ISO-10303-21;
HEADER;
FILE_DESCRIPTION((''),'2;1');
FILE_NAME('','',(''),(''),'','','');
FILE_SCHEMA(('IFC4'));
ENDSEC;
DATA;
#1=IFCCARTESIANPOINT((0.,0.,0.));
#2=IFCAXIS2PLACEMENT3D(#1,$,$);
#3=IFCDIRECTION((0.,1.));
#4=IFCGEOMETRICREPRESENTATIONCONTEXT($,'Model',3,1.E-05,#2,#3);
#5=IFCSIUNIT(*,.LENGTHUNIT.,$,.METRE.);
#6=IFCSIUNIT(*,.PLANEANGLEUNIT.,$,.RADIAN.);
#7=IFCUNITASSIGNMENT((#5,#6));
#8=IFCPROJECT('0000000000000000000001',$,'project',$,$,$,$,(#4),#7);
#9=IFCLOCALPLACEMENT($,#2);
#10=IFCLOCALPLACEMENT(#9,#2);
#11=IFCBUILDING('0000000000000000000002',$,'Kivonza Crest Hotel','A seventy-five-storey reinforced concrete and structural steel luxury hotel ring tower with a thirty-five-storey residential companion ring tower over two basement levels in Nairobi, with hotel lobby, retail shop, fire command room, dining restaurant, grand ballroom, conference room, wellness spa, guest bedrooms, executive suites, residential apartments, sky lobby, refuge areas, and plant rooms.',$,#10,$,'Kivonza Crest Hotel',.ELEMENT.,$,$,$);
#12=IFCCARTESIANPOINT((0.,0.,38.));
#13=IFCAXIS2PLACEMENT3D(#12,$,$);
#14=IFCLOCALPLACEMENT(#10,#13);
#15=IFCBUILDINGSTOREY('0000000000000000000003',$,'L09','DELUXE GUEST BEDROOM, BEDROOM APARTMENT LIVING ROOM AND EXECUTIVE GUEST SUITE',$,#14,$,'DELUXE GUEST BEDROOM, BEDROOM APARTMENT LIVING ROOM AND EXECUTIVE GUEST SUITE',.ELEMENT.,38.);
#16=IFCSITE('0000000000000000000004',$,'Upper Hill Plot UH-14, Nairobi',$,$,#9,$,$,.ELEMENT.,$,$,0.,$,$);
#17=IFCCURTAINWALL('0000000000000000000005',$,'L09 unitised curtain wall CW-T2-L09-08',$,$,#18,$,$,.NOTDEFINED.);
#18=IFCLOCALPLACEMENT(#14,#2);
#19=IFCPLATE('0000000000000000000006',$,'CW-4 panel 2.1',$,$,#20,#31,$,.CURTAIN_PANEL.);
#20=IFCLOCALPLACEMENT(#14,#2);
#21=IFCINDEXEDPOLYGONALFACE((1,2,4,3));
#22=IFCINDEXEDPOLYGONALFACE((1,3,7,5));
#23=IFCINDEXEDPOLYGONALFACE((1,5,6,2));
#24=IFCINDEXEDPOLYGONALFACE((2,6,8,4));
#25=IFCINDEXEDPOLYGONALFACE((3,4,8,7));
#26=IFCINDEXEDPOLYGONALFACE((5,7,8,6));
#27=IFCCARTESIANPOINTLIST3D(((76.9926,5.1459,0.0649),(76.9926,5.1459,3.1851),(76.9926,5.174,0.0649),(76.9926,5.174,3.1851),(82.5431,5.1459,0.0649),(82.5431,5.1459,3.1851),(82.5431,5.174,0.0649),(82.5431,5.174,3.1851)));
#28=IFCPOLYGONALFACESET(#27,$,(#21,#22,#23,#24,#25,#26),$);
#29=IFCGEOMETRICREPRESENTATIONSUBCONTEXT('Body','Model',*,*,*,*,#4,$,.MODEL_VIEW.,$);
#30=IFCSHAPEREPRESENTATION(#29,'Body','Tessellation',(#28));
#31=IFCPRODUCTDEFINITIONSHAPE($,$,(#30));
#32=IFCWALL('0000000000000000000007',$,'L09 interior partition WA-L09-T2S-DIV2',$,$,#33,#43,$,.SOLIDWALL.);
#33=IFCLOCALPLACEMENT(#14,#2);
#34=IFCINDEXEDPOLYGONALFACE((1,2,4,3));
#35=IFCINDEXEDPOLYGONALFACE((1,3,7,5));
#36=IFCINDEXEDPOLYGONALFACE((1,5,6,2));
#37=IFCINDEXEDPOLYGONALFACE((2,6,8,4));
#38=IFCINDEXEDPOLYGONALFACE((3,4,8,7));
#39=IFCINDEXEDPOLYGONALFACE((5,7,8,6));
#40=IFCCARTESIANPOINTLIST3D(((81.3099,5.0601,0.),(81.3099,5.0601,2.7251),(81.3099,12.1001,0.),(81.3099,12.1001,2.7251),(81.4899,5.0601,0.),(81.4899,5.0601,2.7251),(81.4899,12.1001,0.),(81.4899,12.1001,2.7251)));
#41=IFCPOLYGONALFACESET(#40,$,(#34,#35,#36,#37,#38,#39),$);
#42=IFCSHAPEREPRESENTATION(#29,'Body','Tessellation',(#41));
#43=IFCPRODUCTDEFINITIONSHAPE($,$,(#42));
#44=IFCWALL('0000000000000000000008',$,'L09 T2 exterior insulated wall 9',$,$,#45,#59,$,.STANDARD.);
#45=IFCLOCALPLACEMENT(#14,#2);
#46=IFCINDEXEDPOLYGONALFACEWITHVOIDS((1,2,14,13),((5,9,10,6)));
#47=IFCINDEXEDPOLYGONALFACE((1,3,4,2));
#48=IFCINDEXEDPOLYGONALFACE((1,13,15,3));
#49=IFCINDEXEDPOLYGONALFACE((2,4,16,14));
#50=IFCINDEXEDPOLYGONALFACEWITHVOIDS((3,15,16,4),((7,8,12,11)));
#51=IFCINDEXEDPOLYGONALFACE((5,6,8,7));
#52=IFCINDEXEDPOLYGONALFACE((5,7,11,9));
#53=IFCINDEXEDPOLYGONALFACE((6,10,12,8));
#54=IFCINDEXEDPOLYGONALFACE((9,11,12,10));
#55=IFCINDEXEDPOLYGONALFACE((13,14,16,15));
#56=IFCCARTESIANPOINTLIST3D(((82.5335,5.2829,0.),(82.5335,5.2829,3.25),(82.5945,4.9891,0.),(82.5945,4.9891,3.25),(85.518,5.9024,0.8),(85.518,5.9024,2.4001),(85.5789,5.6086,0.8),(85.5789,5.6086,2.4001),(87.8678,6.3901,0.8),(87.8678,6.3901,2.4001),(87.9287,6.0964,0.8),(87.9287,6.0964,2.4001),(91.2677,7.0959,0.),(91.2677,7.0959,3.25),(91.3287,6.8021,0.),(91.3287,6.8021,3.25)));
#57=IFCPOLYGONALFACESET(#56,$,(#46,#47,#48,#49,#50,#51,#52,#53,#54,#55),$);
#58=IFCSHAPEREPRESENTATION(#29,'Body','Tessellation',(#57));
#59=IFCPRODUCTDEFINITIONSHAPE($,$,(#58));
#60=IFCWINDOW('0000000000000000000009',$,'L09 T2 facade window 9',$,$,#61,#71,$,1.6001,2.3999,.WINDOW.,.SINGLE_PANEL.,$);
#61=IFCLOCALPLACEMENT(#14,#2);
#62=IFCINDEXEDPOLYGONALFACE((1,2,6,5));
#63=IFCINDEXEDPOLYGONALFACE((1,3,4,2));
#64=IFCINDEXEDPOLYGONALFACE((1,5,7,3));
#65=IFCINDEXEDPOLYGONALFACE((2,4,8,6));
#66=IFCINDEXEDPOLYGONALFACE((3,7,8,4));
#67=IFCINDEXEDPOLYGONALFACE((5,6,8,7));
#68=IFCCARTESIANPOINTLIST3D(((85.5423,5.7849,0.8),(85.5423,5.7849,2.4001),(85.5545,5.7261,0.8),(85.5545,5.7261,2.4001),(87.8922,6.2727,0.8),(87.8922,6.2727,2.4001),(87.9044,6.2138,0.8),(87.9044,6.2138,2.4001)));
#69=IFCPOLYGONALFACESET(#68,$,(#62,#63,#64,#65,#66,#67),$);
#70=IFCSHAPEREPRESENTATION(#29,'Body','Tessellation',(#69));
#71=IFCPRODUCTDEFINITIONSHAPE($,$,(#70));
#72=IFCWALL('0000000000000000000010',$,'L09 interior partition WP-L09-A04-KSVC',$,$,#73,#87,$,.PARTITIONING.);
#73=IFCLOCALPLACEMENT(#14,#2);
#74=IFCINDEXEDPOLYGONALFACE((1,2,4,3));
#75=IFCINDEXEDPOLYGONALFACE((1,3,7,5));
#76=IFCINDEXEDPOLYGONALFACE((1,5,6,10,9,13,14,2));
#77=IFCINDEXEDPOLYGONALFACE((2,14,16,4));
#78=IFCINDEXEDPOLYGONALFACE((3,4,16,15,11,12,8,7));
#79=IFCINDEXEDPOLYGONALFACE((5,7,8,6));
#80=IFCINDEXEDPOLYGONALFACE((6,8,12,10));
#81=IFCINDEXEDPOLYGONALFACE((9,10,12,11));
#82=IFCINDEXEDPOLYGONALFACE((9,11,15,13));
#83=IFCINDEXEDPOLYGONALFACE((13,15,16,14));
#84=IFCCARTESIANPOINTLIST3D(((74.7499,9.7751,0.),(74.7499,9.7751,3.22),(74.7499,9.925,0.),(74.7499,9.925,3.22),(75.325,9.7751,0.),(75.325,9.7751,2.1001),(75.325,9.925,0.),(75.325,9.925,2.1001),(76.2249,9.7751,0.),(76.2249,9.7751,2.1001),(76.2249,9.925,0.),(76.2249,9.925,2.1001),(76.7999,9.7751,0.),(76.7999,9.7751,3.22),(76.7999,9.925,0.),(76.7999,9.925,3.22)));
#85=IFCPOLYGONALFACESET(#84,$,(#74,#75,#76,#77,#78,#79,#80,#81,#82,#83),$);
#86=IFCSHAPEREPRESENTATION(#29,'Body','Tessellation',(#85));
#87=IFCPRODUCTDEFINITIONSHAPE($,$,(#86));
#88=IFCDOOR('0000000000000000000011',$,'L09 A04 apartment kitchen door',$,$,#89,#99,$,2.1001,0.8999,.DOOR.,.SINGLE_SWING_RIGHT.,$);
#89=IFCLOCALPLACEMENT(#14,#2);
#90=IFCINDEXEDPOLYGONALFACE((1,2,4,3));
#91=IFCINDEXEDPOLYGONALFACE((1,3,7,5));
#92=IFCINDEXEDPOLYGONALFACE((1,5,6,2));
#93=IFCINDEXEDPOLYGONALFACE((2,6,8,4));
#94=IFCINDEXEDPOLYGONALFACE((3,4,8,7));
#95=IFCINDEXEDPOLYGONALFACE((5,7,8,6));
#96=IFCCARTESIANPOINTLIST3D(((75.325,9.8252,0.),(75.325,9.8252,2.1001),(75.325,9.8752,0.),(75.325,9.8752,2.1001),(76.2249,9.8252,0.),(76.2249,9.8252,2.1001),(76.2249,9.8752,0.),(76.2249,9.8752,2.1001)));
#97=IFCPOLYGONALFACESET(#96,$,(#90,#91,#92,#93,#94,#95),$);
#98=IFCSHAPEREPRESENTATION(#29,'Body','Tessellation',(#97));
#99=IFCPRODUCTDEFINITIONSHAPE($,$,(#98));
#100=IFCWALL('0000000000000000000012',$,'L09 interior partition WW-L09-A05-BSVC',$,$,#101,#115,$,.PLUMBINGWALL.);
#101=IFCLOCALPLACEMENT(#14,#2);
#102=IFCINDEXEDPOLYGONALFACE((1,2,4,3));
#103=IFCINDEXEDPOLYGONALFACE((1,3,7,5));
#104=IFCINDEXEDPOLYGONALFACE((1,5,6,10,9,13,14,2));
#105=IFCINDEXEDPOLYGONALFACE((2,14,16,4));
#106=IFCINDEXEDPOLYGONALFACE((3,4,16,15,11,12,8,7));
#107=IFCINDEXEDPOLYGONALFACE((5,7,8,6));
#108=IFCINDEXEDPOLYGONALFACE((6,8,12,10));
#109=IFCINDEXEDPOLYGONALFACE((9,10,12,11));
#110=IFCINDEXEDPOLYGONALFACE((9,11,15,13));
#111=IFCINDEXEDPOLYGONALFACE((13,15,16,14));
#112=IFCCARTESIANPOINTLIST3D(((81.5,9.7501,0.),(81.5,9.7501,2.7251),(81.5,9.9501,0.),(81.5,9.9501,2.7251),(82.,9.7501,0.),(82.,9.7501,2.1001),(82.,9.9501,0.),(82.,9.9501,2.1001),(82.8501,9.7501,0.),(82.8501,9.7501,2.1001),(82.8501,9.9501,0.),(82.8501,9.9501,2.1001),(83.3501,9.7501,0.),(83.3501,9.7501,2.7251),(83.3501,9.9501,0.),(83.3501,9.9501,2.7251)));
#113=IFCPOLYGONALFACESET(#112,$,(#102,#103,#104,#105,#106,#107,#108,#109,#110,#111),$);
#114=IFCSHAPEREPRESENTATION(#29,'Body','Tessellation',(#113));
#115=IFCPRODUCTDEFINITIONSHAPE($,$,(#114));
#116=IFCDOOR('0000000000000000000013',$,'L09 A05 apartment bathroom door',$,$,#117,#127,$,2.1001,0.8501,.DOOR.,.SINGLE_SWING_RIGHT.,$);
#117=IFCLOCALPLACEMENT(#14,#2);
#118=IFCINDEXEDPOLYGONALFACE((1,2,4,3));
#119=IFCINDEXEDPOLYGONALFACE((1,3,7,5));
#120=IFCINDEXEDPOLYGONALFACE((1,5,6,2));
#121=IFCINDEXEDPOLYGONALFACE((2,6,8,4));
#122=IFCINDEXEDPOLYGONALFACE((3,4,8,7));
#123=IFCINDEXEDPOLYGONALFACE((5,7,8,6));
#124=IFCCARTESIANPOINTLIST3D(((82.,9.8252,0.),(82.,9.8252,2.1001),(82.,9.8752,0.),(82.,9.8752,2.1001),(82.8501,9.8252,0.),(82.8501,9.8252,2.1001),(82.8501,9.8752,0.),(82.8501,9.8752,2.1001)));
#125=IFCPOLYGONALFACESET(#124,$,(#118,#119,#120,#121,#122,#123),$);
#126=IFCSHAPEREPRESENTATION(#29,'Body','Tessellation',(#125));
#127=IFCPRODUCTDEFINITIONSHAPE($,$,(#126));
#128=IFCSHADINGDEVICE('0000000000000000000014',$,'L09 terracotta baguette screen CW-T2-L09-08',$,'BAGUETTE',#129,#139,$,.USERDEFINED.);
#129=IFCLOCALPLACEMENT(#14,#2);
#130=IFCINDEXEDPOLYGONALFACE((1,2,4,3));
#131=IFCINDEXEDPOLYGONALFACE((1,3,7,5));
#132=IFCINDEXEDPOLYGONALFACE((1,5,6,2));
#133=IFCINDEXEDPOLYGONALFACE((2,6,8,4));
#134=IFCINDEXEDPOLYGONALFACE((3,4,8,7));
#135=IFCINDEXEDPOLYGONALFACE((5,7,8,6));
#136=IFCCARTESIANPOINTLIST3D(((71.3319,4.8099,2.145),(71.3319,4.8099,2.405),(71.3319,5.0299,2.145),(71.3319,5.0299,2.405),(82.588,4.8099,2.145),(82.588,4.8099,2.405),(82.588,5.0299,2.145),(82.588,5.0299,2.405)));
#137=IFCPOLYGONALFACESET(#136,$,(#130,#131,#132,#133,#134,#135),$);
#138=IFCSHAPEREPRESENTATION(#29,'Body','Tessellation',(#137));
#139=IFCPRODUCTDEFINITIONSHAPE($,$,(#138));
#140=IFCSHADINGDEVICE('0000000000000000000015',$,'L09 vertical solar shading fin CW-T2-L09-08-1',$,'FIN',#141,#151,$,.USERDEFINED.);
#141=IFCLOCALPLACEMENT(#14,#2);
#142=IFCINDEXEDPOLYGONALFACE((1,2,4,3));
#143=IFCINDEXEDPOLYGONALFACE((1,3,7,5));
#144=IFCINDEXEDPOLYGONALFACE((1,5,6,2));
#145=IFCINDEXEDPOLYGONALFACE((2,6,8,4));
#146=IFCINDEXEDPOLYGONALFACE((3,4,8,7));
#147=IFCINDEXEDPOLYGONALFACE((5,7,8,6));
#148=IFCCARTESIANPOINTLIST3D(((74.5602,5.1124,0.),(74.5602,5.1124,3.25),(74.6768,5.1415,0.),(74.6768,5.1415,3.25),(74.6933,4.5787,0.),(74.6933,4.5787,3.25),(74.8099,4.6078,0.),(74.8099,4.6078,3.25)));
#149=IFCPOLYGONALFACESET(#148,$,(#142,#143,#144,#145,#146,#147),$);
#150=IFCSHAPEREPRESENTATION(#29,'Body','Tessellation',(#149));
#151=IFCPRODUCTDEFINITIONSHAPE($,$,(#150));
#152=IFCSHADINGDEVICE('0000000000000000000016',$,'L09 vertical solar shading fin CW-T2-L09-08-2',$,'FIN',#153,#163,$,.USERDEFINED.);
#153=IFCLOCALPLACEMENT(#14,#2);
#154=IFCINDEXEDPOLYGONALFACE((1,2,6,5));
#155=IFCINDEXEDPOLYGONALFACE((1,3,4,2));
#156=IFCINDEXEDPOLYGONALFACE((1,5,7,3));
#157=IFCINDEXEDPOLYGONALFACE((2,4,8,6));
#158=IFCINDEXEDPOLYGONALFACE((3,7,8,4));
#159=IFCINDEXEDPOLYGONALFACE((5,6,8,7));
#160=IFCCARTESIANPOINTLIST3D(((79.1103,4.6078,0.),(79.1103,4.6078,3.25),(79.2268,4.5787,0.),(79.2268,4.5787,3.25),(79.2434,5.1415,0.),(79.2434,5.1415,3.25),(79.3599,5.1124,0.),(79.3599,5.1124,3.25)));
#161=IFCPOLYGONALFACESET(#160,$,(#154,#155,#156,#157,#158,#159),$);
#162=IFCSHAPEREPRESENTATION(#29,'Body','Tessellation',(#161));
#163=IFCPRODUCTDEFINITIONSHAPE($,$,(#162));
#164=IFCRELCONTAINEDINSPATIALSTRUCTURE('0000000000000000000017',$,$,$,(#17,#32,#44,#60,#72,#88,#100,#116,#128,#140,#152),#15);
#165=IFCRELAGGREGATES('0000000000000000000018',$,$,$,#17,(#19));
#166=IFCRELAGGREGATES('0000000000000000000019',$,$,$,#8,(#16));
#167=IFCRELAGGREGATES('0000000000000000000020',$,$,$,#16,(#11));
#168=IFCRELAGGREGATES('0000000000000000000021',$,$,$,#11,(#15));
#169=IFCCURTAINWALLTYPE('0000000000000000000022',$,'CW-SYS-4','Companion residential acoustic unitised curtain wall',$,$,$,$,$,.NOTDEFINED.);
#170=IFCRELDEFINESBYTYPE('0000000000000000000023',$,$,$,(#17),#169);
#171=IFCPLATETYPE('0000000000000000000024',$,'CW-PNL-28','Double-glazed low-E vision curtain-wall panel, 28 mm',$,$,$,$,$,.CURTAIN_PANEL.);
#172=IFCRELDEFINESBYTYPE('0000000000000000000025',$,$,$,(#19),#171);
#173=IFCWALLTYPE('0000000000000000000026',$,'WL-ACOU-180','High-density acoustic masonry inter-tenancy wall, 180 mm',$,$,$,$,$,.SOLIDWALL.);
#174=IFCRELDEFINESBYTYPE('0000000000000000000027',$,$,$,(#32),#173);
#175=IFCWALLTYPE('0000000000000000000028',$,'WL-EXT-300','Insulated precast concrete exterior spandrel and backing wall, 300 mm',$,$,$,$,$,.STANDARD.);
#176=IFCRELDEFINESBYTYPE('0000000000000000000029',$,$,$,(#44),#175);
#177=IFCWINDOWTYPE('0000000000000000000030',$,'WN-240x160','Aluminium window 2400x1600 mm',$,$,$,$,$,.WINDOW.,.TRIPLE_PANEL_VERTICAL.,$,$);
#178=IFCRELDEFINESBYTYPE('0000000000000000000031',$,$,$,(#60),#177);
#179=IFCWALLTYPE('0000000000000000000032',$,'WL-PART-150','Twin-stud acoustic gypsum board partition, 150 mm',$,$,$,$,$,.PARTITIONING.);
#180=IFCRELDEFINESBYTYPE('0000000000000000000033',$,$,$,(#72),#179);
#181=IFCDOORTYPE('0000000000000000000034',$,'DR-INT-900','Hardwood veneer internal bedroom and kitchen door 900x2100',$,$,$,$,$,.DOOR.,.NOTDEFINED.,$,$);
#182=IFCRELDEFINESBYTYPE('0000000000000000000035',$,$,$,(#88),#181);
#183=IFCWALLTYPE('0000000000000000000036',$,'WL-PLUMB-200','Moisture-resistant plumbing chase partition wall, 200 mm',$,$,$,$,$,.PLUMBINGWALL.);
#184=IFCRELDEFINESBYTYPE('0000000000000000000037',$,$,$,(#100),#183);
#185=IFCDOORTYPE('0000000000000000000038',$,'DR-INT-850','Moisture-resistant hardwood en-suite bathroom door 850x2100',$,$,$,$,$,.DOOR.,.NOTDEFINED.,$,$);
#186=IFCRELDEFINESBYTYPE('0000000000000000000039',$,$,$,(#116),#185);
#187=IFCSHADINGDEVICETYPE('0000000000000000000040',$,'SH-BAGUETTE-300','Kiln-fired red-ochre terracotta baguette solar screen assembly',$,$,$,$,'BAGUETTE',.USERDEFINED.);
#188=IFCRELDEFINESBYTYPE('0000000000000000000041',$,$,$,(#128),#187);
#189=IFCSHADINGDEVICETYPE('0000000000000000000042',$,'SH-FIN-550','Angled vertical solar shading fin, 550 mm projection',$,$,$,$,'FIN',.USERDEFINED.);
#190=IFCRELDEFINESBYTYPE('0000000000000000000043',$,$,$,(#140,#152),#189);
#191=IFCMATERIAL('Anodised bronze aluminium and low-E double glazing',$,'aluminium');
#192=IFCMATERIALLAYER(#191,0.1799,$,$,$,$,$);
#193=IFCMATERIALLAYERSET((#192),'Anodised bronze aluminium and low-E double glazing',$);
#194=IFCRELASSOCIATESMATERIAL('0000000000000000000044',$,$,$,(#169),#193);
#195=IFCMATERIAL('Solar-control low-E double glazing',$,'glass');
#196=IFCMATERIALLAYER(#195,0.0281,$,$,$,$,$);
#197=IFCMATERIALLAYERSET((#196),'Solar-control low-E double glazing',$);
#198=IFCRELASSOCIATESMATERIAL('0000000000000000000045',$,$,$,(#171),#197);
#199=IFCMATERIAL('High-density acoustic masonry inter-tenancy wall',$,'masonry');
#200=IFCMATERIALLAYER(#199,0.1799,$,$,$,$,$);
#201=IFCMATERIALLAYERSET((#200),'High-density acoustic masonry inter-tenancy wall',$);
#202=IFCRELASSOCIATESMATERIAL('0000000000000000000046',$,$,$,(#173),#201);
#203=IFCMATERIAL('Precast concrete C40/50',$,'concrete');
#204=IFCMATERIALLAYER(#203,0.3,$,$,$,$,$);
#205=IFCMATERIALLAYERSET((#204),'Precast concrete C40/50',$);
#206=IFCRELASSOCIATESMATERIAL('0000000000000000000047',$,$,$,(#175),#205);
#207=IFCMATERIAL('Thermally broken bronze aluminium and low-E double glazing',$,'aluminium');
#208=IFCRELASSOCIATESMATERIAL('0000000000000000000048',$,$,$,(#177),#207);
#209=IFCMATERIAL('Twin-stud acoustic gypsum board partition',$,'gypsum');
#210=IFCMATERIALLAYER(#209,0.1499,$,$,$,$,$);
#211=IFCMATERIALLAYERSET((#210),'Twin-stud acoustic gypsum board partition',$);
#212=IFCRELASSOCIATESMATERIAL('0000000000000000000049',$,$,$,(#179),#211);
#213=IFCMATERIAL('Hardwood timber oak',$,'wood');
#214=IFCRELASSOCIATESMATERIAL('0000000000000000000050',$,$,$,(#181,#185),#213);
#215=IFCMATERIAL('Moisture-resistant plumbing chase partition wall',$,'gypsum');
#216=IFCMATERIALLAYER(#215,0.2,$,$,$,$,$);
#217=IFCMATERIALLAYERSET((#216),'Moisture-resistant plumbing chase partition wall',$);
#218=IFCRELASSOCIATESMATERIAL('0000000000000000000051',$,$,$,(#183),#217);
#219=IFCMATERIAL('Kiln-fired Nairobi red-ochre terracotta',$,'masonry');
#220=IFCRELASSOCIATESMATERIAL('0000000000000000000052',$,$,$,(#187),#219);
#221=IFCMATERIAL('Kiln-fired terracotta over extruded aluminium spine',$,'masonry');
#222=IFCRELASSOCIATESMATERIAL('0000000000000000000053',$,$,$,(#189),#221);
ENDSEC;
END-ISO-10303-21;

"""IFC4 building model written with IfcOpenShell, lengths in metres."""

from ifc_helpers import new_model, si_unit, direction, frame, frame_2d, origin, origin_2d, place, context, subcontext, project, spatial, rectangle, extrude, material, layer, layer_set, type_object, element, fill, aggregate, save


model = new_model("IFC4")

# Units and contexts
model_context = context("Model", 3, precision=1e-05, world=origin(), true_north=direction((0.0, 1.0)))
body_context = subcontext(model_context, "Body", "Model", "MODEL_VIEW")
ifc_project = project(units=[si_unit("LENGTHUNIT", "METRE"), si_unit("PLANEANGLEUNIT", "RADIAN")], contexts=[model_context])

# Site, building, storey
site_placement = place(None, origin())
site = spatial("IfcSite", under=ifc_project, at=site_placement, Name="Upper Hill Plot UH-14, Nairobi", CompositionType="ELEMENT", RefElevation=0.0)
building_placement = place(site_placement, origin())
building = spatial("IfcBuilding", under=site, at=building_placement, Name="Kivonza Crest Hotel", Description="A seventy-five-storey reinforced concrete and structural steel luxury hotel ring tower with a thirty-five-storey residential companion ring tower over two basement levels in Nairobi, with hotel lobby, retail shop, fire command room, dining restaurant, grand ballroom, conference room, wellness spa, guest bedrooms, executive suites, residential apartments, sky lobby, refuge areas, and plant rooms.", LongName="Kivonza Crest Hotel", CompositionType="ELEMENT")
storey_placement = place(building_placement, frame((0.0, 0.0, 38.0)))
storey = spatial("IfcBuildingStorey", under=building, at=storey_placement, Name="L09", Description="DELUXE GUEST BEDROOM, BEDROOM APARTMENT LIVING ROOM AND EXECUTIVE GUEST SUITE", LongName="DELUXE GUEST BEDROOM, BEDROOM APARTMENT LIVING ROOM AND EXECUTIVE GUEST SUITE", CompositionType="ELEMENT", Elevation=38.0)

# Curtain wall, plate
ifc_material_1 = material(Name="Anodised bronze aluminium and low-E double glazing", Category="aluminium")
ifc_layer_1 = layer(ifc_material_1, 0.1799)
ifc_layer_set_1 = layer_set([ifc_layer_1], Name="Anodised bronze aluminium and low-E double glazing")
curtain_wall_type = type_object("IfcCurtainWallType", Name="CW-SYS-4", Description="Companion residential acoustic unitised curtain wall", PredefinedType="NOTDEFINED", material=ifc_layer_set_1)
curtain_wall_placement = place(storey_placement, origin())
curtain_wall = element("IfcCurtainWall", 1, at=curtain_wall_placement, inside=storey, type_object=curtain_wall_type, Name="L09 unitised curtain wall CW-T2-L09-08", PredefinedType="NOTDEFINED")
ifc_material_2 = material(Name="Solar-control low-E double glazing", Category="glass")
ifc_layer_2 = layer(ifc_material_2, 0.0281)
ifc_layer_set_2 = layer_set([ifc_layer_2], Name="Solar-control low-E double glazing")
plate_type = type_object("IfcPlateType", Name="CW-PNL-28", Description="Double-glazed low-E vision curtain-wall panel, 28 mm", PredefinedType="CURTAIN_PANEL", material=ifc_layer_set_2)
plate_1_placement = place(storey_placement, frame((79.7678, 5.1599, 0.0649), z_axis=(0.0, 0.0, 1.0), x_axis=(1.0, 0.0, 0.0)))
plate_1 = element("IfcPlate", 2, at=plate_1_placement, type_object=plate_type, Name="CW-4 panel 2.1", PredefinedType="CURTAIN_PANEL", context=body_context, shape_type="SweptSolid", body=[
    extrude(rectangle(XDim=5.5505, YDim=0.0281, at=origin_2d()), origin(), (0.0, 0.0, 1.0), 3.1201),
])
aggregate(curtain_wall, [plate_1])

# Wall
ifc_material_3 = material(Name="High-density acoustic masonry inter-tenancy wall", Category="masonry")
ifc_layer_3 = layer(ifc_material_3, 0.1799)
ifc_layer_set_3 = layer_set([ifc_layer_3], Name="High-density acoustic masonry inter-tenancy wall")
wall_type_1 = type_object("IfcWallType", Name="WL-ACOU-180", Description="High-density acoustic masonry inter-tenancy wall, 180 mm", PredefinedType="SOLIDWALL", material=ifc_layer_set_3)
wall_1_placement = place(storey_placement, frame((81.3999, 5.0601, 0.0), z_axis=(0.0, 0.0, 1.0), x_axis=(0.0, 1.0, 0.0)))
element("IfcWall", 3, at=wall_1_placement, inside=storey, type_object=wall_type_1, Name="L09 interior partition WA-L09-T2S-DIV2", PredefinedType="SOLIDWALL", context=body_context, shape_type="SweptSolid", body=[
    extrude(rectangle(XDim=7.04, YDim=0.1799, at=frame_2d((3.52, 0.0))), origin(), (0.0, 0.0, 1.0), 2.7251),
])

# Wall, opening, window
ifc_material_4 = material(Name="Precast concrete C40/50", Category="concrete")
ifc_layer_4 = layer(ifc_material_4, 0.3)
ifc_layer_set_4 = layer_set([ifc_layer_4], Name="Precast concrete C40/50")
wall_type_2 = type_object("IfcWallType", Name="WL-EXT-300", Description="Insulated precast concrete exterior spandrel and backing wall, 300 mm", PredefinedType="STANDARD", material=ifc_layer_set_4)
wall_2_placement = place(storey_placement, frame((82.564, 5.136, 0.0), z_axis=(0.0, 0.0, 1.0), x_axis=(0.979128, 0.203243, 0.0)))
wall_2 = element("IfcWall", 4, at=wall_2_placement, inside=storey, type_object=wall_type_2, Name="L09 T2 exterior insulated wall 9", PredefinedType="STANDARD", context=body_context, shape_type="SweptSolid", body=[
    extrude(rectangle(XDim=8.9204, YDim=0.3, at=frame_2d((4.4602, 0.0))), origin(), (0.0, 0.0, 1.0), 3.25),
])
opening_1_placement = place(wall_2_placement, frame((3.0481, 0.0, 0.8)))
opening_1 = element("IfcOpeningElement", 5, at=opening_1_placement, cuts=wall_2, PredefinedType="OPENING", context=body_context, shape_type="SweptSolid", body=[
    extrude(rectangle(XDim=2.3999, YDim=1.6001, at=frame_2d((1.2, 0.8))), frame((0.0, 0.1602, 0.0), z_axis=(0.0, -1.0, 0.0), x_axis=(1.0, 0.0, 0.0)), (0.0, 0.0, 1.0), 0.3201),
])
ifc_material_5 = material(Name="Thermally broken bronze aluminium and low-E double glazing", Category="aluminium")
window_type = type_object("IfcWindowType", Name="WN-240x160", Description="Aluminium window 2400x1600 mm", PartitioningType="TRIPLE_PANEL_VERTICAL", PredefinedType="WINDOW", material=ifc_material_5)
window_placement = place(opening_1_placement, origin())
window = element("IfcWindow", 6, at=window_placement, inside=storey, type_object=window_type, Name="L09 T2 facade window 9", OverallHeight=1.6001, OverallWidth=2.3999, PartitioningType="SINGLE_PANEL", PredefinedType="WINDOW", context=body_context, shape_type="SweptSolid", body=[
    extrude(rectangle(XDim=2.3999, YDim=1.6001, at=frame_2d((1.2, 0.8))), frame((0.0, 0.03, 0.0), z_axis=(0.0, -1.0, 0.0), x_axis=(1.0, 0.0, 0.0)), (0.0, 0.0, 1.0), 0.0601),
])
fill(opening_1, window)

# Walls, openings, doors
ifc_material_6 = material(Name="Twin-stud acoustic gypsum board partition", Category="gypsum")
ifc_layer_5 = layer(ifc_material_6, 0.1499)
ifc_layer_set_5 = layer_set([ifc_layer_5], Name="Twin-stud acoustic gypsum board partition")
wall_type_3 = type_object("IfcWallType", Name="WL-PART-150", Description="Twin-stud acoustic gypsum board partition, 150 mm", PredefinedType="PARTITIONING", material=ifc_layer_set_5)
wall_3_placement = place(storey_placement, frame((74.75, 9.8501, 0.0), z_axis=(0.0, 0.0, 1.0), x_axis=(1.0, 0.0, 0.0)))
wall_3 = element("IfcWall", 7, at=wall_3_placement, inside=storey, type_object=wall_type_3, Name="L09 interior partition WP-L09-A04-KSVC", PredefinedType="PARTITIONING", context=body_context, shape_type="SweptSolid", body=[
    extrude(rectangle(XDim=2.05, YDim=0.1499, at=frame_2d((1.0249, 0.0))), origin(), (0.0, 0.0, 1.0), 3.22),
])
opening_2_placement = place(wall_3_placement, frame((0.575, 0.0, 0.0)))
opening_2 = element("IfcOpeningElement", 8, at=opening_2_placement, cuts=wall_3, PredefinedType="OPENING", context=body_context, shape_type="SweptSolid", body=[
    extrude(rectangle(XDim=0.8999, YDim=2.1001, at=frame_2d((0.45, 1.05))), frame((0.0, 0.085, 0.0), z_axis=(0.0, -1.0, 0.0), x_axis=(1.0, 0.0, 0.0)), (0.0, 0.0, 1.0), 0.1699),
])
ifc_material_7 = material(Name="Hardwood timber oak", Category="wood")
door_type_1 = type_object("IfcDoorType", Name="DR-INT-900", Description="Hardwood veneer internal bedroom and kitchen door 900x2100", OperationType="NOTDEFINED", PredefinedType="DOOR", material=ifc_material_7)
door_1_placement = place(opening_2_placement, frame((0.8999, 0.0, 0.0), z_axis=(0.0, 0.0, 1.0), x_axis=(-1.0, 0.0, 0.0)))
door_1 = element("IfcDoor", 9, at=door_1_placement, inside=storey, type_object=door_type_1, Name="L09 A04 apartment kitchen door", OperationType="SINGLE_SWING_RIGHT", OverallHeight=2.1001, OverallWidth=0.8999, PredefinedType="DOOR", context=body_context, shape_type="SweptSolid", body=[
    extrude(rectangle(XDim=0.8999, YDim=2.1001, at=frame_2d((0.45, 1.05))), frame((0.0, 0.0249, 0.0), z_axis=(0.0, -1.0, 0.0), x_axis=(1.0, 0.0, 0.0)), (0.0, 0.0, 1.0), 0.05),
])
fill(opening_2, door_1)
ifc_material_8 = material(Name="Moisture-resistant plumbing chase partition wall", Category="gypsum")
ifc_layer_6 = layer(ifc_material_8, 0.2)
ifc_layer_set_6 = layer_set([ifc_layer_6], Name="Moisture-resistant plumbing chase partition wall")
wall_type_4 = type_object("IfcWallType", Name="WL-PLUMB-200", Description="Moisture-resistant plumbing chase partition wall, 200 mm", PredefinedType="PLUMBINGWALL", material=ifc_layer_set_6)
wall_4_placement = place(storey_placement, frame((81.5, 9.8501, 0.0), z_axis=(0.0, 0.0, 1.0), x_axis=(1.0, 0.0, 0.0)))
wall_4 = element("IfcWall", 10, at=wall_4_placement, inside=storey, type_object=wall_type_4, Name="L09 interior partition WW-L09-A05-BSVC", PredefinedType="PLUMBINGWALL", context=body_context, shape_type="SweptSolid", body=[
    extrude(rectangle(XDim=1.8501, YDim=0.2, at=frame_2d((0.925, 0.0))), origin(), (0.0, 0.0, 1.0), 2.7251),
])
opening_3_placement = place(wall_4_placement, frame((0.5, 0.0, 0.0)))
opening_3 = element("IfcOpeningElement", 11, at=opening_3_placement, cuts=wall_4, PredefinedType="OPENING", context=body_context, shape_type="SweptSolid", body=[
    extrude(rectangle(XDim=0.8501, YDim=2.1001, at=frame_2d((0.425, 1.05))), frame((0.0, 0.1099, 0.0), z_axis=(0.0, -1.0, 0.0), x_axis=(1.0, 0.0, 0.0)), (0.0, 0.0, 1.0), 0.22),
])
door_type_2 = type_object("IfcDoorType", Name="DR-INT-850", Description="Moisture-resistant hardwood en-suite bathroom door 850x2100", OperationType="NOTDEFINED", PredefinedType="DOOR", material=ifc_material_7)
door_2_placement = place(opening_3_placement, frame((0.8501, 0.0, 0.0), z_axis=(0.0, 0.0, 1.0), x_axis=(-1.0, 0.0, 0.0)))
door_2 = element("IfcDoor", 12, at=door_2_placement, inside=storey, type_object=door_type_2, Name="L09 A05 apartment bathroom door", OperationType="SINGLE_SWING_RIGHT", OverallHeight=2.1001, OverallWidth=0.8501, PredefinedType="DOOR", context=body_context, shape_type="SweptSolid", body=[
    extrude(rectangle(XDim=0.8501, YDim=2.1001, at=frame_2d((0.425, 1.05))), frame((0.0, 0.0249, 0.0), z_axis=(0.0, -1.0, 0.0), x_axis=(1.0, 0.0, 0.0)), (0.0, 0.0, 1.0), 0.05),
])
fill(opening_3, door_2)

# Shading devices
ifc_material_9 = material(Name="Kiln-fired Nairobi red-ochre terracotta", Category="masonry")
shading_device_type_1 = type_object("IfcShadingDeviceType", Name="SH-BAGUETTE-300", Description="Kiln-fired red-ochre terracotta baguette solar screen assembly", ElementType="BAGUETTE", PredefinedType="USERDEFINED", material=ifc_material_9)
shading_device_placement = place(storey_placement, frame((76.96, 4.9199, 2.145), z_axis=(0.0, 0.0, 1.0), x_axis=(1.0, 0.0, 0.0)))
element("IfcShadingDevice", 13, at=shading_device_placement, inside=storey, type_object=shading_device_type_1, Name="L09 terracotta baguette screen CW-T2-L09-08", ObjectType="BAGUETTE", PredefinedType="USERDEFINED", context=body_context, shape_type="SweptSolid", body=[
    extrude(rectangle(XDim=11.2561, YDim=0.22, at=origin_2d()), origin(), (0.0, 0.0, 1.0), 0.26),
])
ifc_material_10 = material(Name="Kiln-fired terracotta over extruded aluminium spine", Category="masonry")
shading_device_type_2 = type_object("IfcShadingDeviceType", Name="SH-FIN-550", Description="Angled vertical solar shading fin, 550 mm projection", ElementType="FIN", PredefinedType="USERDEFINED", material=ifc_material_10)
for number, where, z_axis, x_axis, name in (
    (14, (74.6851, 4.8601, 0.0), (0.0, 0.0, 1.0), (0.970296, 0.241922, 0.0), "L09 vertical solar shading fin CW-T2-L09-08-1"),
    (15, (79.2351, 4.8601, 0.0), (0.0, 0.0, 1.0), (0.970296, -0.241922, 0.0), "L09 vertical solar shading fin CW-T2-L09-08-2"),
):
    element("IfcShadingDevice", number, at=place(storey_placement, frame(where, z_axis=z_axis, x_axis=x_axis)), inside=storey, type_object=shading_device_type_2, Name=name, ObjectType="FIN", PredefinedType="USERDEFINED", context=body_context, shape_type="SweptSolid", body=[
        extrude(rectangle(XDim=0.1201, YDim=0.55, at=origin_2d()), origin(), (0.0, 0.0, 1.0), 3.25),
    ])

save(model, "model.ifc")
